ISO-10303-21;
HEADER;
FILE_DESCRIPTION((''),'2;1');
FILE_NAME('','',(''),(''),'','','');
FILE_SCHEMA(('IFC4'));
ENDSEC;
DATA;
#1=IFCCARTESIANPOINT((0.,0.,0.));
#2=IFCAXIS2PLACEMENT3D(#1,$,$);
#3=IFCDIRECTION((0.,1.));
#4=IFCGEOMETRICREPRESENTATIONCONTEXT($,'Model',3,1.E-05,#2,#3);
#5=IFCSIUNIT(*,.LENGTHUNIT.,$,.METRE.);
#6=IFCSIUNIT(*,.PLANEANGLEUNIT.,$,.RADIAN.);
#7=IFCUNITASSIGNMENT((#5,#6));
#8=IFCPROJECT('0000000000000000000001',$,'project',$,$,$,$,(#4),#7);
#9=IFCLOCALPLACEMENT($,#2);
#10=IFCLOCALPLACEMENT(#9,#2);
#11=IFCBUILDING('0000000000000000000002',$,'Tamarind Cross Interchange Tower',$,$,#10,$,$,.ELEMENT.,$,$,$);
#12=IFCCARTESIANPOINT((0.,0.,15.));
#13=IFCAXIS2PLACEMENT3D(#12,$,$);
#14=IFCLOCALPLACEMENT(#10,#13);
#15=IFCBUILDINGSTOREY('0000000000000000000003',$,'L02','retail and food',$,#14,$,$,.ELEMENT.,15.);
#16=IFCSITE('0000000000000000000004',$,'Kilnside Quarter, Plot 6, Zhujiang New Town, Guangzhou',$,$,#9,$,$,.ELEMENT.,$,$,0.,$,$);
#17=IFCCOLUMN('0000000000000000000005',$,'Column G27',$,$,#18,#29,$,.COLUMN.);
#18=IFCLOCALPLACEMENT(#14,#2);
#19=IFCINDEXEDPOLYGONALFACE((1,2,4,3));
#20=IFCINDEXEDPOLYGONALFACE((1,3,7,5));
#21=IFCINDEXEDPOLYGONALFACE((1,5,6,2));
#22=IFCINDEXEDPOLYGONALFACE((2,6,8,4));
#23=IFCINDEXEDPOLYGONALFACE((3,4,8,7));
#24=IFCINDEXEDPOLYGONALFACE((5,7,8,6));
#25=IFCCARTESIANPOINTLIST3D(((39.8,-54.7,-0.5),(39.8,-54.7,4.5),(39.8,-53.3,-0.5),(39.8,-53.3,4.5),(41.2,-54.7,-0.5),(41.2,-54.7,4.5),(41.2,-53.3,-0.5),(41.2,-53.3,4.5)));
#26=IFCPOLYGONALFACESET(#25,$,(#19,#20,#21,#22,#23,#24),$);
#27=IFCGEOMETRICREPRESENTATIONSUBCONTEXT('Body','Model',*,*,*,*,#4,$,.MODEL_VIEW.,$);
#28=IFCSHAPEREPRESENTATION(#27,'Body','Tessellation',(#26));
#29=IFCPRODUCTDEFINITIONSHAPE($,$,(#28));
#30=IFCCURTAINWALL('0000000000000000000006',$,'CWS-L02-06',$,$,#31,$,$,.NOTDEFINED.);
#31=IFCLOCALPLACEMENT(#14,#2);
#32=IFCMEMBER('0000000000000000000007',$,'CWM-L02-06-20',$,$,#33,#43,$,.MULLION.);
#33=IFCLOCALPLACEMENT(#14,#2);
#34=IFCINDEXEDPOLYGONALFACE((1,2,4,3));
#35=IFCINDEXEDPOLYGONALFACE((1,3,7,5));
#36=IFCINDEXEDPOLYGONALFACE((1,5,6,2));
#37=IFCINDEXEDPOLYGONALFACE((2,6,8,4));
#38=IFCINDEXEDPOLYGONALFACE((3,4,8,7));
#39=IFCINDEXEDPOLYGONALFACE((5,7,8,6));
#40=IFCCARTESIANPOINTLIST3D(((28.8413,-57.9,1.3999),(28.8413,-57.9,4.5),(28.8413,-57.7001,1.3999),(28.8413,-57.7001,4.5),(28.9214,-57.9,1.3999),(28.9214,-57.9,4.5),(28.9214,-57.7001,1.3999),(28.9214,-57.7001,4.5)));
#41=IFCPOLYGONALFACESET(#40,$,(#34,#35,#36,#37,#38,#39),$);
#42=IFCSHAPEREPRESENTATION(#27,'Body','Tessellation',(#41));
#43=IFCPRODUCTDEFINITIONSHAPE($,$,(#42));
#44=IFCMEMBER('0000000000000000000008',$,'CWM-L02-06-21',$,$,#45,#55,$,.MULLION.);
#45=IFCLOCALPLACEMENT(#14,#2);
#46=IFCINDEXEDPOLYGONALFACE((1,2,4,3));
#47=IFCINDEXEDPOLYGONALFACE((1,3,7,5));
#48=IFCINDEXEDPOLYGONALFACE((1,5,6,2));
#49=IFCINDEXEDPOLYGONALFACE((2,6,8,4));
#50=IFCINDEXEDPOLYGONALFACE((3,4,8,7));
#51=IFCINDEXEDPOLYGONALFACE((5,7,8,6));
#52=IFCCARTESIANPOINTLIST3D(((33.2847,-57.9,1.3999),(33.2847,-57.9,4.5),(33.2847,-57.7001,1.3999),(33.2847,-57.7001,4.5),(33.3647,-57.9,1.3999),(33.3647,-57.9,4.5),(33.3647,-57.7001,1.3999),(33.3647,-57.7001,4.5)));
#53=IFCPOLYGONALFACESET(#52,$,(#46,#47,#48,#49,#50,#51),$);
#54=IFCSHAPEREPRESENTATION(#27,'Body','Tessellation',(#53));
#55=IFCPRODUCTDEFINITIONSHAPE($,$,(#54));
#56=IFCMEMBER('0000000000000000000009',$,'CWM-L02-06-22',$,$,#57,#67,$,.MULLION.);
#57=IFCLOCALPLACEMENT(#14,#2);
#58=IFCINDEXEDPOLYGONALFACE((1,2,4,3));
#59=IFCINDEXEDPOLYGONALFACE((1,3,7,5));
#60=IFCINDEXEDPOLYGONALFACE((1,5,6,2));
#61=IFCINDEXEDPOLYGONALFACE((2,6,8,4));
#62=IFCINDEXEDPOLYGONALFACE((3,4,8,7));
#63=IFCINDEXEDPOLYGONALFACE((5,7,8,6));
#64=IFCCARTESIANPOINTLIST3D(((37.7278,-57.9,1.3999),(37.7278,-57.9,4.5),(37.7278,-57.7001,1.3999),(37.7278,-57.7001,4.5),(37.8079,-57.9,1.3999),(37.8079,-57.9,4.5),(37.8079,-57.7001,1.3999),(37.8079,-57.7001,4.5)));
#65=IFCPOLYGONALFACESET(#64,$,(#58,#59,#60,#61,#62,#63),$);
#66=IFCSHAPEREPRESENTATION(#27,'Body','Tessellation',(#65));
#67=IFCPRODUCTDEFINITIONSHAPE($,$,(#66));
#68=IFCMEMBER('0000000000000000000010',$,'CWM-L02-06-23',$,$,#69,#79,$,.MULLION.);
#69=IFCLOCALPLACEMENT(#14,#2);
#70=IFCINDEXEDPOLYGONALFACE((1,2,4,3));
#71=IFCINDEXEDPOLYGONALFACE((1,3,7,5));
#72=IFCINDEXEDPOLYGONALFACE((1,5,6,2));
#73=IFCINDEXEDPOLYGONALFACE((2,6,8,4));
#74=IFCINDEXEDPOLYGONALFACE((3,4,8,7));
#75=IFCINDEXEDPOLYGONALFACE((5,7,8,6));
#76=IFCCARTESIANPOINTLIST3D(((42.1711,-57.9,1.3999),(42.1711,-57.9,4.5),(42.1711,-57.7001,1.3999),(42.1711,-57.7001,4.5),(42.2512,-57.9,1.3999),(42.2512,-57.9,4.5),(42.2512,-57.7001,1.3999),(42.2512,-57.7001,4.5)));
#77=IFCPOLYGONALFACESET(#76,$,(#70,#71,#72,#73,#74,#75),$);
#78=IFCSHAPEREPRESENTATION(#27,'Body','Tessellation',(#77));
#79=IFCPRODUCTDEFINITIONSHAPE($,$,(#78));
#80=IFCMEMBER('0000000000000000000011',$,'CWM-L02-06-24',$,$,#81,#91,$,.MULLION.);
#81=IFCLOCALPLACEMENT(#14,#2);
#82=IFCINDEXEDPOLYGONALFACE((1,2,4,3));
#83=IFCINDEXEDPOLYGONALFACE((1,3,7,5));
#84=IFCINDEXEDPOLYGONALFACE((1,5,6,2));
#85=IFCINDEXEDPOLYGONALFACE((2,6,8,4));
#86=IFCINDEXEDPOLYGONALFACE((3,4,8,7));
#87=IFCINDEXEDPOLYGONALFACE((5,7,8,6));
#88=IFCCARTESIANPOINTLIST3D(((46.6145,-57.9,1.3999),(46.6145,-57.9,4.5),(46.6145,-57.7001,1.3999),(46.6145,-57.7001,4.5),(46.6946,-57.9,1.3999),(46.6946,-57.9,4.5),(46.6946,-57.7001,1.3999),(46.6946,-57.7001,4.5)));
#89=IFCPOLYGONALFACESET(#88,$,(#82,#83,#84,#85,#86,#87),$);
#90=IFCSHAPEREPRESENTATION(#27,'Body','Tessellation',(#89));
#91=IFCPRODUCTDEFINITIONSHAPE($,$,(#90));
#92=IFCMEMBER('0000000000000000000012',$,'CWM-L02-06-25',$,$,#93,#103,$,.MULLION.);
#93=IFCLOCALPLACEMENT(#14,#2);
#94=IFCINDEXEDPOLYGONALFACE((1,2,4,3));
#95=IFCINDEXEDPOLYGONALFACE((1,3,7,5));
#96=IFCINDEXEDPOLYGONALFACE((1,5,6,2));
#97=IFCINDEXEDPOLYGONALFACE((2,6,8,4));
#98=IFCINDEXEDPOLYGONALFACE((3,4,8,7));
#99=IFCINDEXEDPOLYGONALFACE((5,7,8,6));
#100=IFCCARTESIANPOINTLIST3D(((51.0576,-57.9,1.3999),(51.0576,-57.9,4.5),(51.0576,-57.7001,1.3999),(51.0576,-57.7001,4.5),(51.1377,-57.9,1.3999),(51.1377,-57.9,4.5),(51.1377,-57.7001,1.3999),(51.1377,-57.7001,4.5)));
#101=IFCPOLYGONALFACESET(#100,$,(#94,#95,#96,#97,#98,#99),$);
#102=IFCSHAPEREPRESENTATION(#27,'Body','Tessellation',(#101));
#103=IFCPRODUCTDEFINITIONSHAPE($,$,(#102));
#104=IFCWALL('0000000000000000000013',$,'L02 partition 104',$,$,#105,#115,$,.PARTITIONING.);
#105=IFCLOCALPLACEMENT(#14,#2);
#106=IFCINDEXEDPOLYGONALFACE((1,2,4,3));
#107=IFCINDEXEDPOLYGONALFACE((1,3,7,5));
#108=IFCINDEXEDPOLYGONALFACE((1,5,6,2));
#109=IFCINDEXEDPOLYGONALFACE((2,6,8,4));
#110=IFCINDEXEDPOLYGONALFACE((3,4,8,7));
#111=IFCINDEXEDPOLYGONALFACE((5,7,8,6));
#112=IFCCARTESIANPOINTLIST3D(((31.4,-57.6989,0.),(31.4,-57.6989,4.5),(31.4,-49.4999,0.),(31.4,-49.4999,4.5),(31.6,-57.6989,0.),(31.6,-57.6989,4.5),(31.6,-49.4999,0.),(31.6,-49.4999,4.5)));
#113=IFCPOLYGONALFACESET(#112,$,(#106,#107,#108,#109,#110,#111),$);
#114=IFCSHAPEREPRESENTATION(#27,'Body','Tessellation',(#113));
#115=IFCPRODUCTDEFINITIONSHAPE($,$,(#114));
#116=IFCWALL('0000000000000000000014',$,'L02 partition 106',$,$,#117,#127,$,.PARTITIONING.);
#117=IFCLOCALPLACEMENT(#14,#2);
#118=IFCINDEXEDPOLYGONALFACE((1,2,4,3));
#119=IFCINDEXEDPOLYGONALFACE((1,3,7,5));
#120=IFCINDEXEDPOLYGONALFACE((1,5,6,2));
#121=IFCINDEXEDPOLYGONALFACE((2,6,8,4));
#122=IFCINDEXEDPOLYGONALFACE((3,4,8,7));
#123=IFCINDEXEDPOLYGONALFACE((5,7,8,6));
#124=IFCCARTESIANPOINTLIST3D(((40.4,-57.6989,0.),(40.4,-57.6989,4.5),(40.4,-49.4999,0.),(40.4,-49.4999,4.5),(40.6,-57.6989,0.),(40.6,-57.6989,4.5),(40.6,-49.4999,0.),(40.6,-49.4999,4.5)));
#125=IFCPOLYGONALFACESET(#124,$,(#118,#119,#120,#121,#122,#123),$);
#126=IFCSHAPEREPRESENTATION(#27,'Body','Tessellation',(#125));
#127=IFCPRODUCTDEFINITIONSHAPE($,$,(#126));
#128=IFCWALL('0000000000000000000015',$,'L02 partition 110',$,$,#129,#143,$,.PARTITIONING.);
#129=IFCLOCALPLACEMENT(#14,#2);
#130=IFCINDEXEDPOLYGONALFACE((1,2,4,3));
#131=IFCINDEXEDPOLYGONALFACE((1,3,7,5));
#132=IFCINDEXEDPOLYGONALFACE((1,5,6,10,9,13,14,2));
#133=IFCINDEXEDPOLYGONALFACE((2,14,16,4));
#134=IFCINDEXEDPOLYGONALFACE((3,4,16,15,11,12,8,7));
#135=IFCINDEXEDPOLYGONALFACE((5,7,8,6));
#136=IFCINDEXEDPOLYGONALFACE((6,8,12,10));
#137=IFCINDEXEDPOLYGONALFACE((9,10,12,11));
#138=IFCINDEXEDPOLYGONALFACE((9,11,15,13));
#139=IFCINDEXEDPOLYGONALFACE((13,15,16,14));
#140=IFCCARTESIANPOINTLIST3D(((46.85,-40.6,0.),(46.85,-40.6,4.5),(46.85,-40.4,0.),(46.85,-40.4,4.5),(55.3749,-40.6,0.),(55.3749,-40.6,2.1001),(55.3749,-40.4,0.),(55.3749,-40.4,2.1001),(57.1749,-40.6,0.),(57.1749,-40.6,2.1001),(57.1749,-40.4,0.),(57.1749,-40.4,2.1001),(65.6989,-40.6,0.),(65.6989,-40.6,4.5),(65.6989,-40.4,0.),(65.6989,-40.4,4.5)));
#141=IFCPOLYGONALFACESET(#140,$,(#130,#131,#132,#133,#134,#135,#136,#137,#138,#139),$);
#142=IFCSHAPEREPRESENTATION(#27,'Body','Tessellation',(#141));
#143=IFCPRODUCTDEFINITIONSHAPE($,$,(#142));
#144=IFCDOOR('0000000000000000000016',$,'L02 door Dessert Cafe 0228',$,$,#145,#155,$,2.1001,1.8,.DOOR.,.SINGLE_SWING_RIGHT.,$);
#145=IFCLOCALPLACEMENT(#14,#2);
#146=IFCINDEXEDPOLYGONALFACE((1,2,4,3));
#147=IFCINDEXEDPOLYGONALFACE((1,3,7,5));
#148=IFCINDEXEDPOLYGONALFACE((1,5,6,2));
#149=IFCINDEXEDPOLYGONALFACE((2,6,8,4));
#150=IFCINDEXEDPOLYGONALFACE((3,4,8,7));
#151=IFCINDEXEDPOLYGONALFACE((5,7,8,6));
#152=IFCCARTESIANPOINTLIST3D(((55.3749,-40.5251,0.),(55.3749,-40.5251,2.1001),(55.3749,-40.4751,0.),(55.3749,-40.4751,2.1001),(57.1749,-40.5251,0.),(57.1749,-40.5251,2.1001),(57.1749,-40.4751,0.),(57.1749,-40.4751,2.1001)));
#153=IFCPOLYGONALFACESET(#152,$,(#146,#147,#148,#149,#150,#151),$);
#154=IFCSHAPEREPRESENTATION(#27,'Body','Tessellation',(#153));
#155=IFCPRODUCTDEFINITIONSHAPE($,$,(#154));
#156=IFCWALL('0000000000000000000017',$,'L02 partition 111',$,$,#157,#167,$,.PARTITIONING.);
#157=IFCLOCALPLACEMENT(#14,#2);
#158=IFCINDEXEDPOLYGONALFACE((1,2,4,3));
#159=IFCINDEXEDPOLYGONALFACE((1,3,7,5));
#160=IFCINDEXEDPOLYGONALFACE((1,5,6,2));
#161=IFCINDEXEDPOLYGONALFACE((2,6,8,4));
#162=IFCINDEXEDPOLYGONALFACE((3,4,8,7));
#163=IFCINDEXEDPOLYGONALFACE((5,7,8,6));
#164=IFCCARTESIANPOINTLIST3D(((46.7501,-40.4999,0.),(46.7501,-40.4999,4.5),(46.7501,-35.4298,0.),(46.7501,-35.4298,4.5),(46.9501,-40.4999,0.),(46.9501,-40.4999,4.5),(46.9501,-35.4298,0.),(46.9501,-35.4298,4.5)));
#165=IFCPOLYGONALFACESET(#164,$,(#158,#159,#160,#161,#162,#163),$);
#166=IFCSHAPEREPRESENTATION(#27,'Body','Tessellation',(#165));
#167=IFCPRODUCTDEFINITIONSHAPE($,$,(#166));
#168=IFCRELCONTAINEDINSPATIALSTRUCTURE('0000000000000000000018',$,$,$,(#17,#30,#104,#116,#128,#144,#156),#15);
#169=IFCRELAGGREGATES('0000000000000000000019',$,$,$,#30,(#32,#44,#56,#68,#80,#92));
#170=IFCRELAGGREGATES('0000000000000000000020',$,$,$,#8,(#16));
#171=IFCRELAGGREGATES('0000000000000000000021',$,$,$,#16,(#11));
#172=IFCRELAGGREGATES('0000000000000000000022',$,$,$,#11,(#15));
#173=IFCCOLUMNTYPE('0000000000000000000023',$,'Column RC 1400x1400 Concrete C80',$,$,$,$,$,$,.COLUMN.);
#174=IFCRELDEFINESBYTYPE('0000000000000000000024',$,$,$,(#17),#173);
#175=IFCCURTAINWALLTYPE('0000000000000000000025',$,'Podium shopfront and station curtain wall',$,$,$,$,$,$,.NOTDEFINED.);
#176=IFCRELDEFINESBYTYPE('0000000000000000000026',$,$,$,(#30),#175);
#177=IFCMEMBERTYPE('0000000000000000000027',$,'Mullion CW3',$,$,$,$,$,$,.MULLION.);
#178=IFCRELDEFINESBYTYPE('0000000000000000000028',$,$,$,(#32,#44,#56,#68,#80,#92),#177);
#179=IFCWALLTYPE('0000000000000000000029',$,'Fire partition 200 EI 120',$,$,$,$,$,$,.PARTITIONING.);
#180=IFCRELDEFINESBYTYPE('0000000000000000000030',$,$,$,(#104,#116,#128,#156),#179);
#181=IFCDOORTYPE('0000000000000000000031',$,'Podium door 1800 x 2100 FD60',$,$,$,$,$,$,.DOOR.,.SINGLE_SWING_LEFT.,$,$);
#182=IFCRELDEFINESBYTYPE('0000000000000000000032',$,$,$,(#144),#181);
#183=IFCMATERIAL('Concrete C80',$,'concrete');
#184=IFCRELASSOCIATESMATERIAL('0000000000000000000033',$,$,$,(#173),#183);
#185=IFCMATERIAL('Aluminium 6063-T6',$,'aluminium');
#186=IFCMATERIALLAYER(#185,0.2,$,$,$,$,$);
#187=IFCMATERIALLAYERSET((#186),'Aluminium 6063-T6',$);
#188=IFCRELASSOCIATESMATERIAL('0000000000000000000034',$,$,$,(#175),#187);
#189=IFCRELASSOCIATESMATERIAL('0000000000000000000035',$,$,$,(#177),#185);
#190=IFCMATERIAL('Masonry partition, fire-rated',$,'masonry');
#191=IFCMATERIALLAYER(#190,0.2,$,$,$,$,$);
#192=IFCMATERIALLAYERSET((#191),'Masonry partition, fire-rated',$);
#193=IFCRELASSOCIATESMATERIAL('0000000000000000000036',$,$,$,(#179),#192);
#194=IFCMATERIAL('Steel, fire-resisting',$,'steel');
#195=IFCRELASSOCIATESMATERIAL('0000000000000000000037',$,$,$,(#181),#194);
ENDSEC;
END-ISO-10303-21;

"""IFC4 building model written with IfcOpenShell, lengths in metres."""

from ifc_helpers import new_model, si_unit, direction, frame, frame_2d, origin, origin_2d, place, context, subcontext, project, spatial, rectangle, extrude, material, layer, layer_set, material_profile, profile_set, type_object, element, fill, aggregate, save


model = new_model("IFC4")

# Units and contexts
model_context = context("Model", 3, precision=1e-05, world=origin(), true_north=direction((0.0, 1.0)))
body_context = subcontext(model_context, "Body", "Model", "MODEL_VIEW")
ifc_project = project(units=[si_unit("LENGTHUNIT", "METRE"), si_unit("PLANEANGLEUNIT", "RADIAN")], contexts=[model_context])

# Site, building, storey
site_placement = place(None, origin())
site = spatial("IfcSite", under=ifc_project, at=site_placement, Name="Kilnside Quarter, Plot 6, Zhujiang New Town, Guangzhou", CompositionType="ELEMENT", RefElevation=0.0)
building_placement = place(site_placement, origin())
building = spatial("IfcBuilding", under=site, at=building_placement, Name="Tamarind Cross Interchange Tower", CompositionType="ELEMENT")
storey_placement = place(building_placement, frame((0.0, 0.0, 15.0)))
storey = spatial("IfcBuildingStorey", under=building, at=storey_placement, Name="L02", Description="retail and food", CompositionType="ELEMENT", Elevation=15.0)

# Column
ifc_material_1 = material(Name="Concrete C80", Category="concrete")
ifc_material_profile_1 = material_profile(ifc_material_1, rectangle(XDim=1.3999, YDim=1.3999, at=origin_2d()), Name="RC 1400x1400")
ifc_profile_set_1 = profile_set([ifc_material_profile_1], Name="Concrete C80")
column_type = type_object("IfcColumnType", Name="Column RC 1400x1400 Concrete C80", PredefinedType="COLUMN", material=ifc_profile_set_1)
column_placement = place(storey_placement, frame((40.5, -54.0, -0.5), z_axis=(0.0, 0.0, 1.0), x_axis=(1.0, 0.0, 0.0)))
element("IfcColumn", 1, at=column_placement, inside=storey, type_object=column_type, Name="Column G27", PredefinedType="COLUMN", context=body_context, shape_type="SweptSolid", body=[
    extrude(rectangle(XDim=1.3999, YDim=1.3999, at=origin_2d()), origin(), (0.0, 0.0, 1.0), 5.0),
])

# Curtain wall, members
ifc_material_2 = material(Name="Aluminium 6063-T6", Category="aluminium")
ifc_layer_1 = layer(ifc_material_2, 0.2)
ifc_layer_set_1 = layer_set([ifc_layer_1], Name="Aluminium 6063-T6")
curtain_wall_type = type_object("IfcCurtainWallType", Name="Podium shopfront and station curtain wall", PredefinedType="NOTDEFINED", material=ifc_layer_set_1)
curtain_wall_placement = place(storey_placement, origin())
curtain_wall = element("IfcCurtainWall", 2, at=curtain_wall_placement, inside=storey, type_object=curtain_wall_type, Name="CWS-L02-06", PredefinedType="NOTDEFINED")
ifc_material_profile_2 = material_profile(ifc_material_2, rectangle(XDim=0.0801, YDim=0.2, at=origin_2d()), Name="Mullion CW3")
ifc_profile_set_2 = profile_set([ifc_material_profile_2], Name="Aluminium 6063-T6")
member_type = type_object("IfcMemberType", Name="Mullion CW3", PredefinedType="MULLION", material=ifc_profile_set_2)
member_1_placement = place(storey_placement, frame((28.8813, -57.8, 1.3999), z_axis=(0.0, 0.0, 1.0), x_axis=(1.0, 0.0, 0.0)))
member_1 = element("IfcMember", 3, at=member_1_placement, type_object=member_type, Name="CWM-L02-06-20", PredefinedType="MULLION", context=body_context, shape_type="SweptSolid", body=[
    extrude(rectangle(XDim=0.0801, YDim=0.2, at=origin_2d()), origin(), (0.0, 0.0, 1.0), 3.1001),
])
member_2_placement = place(storey_placement, frame((33.3247, -57.8, 1.3999), z_axis=(0.0, 0.0, 1.0), x_axis=(1.0, 0.0, 0.0)))
member_2 = element("IfcMember", 4, at=member_2_placement, type_object=member_type, Name="CWM-L02-06-21", PredefinedType="MULLION", context=body_context, shape_type="SweptSolid", body=[
    extrude(rectangle(XDim=0.0801, YDim=0.2, at=origin_2d()), origin(), (0.0, 0.0, 1.0), 3.1001),
])
member_3_placement = place(storey_placement, frame((37.7678, -57.8, 1.3999), z_axis=(0.0, 0.0, 1.0), x_axis=(1.0, 0.0, 0.0)))
member_3 = element("IfcMember", 5, at=member_3_placement, type_object=member_type, Name="CWM-L02-06-22", PredefinedType="MULLION", context=body_context, shape_type="SweptSolid", body=[
    extrude(rectangle(XDim=0.0801, YDim=0.2, at=origin_2d()), origin(), (0.0, 0.0, 1.0), 3.1001),
])
member_4_placement = place(storey_placement, frame((42.2112, -57.8, 1.3999), z_axis=(0.0, 0.0, 1.0), x_axis=(1.0, 0.0, 0.0)))
member_4 = element("IfcMember", 6, at=member_4_placement, type_object=member_type, Name="CWM-L02-06-23", PredefinedType="MULLION", context=body_context, shape_type="SweptSolid", body=[
    extrude(rectangle(XDim=0.0801, YDim=0.2, at=origin_2d()), origin(), (0.0, 0.0, 1.0), 3.1001),
])
member_5_placement = place(storey_placement, frame((46.6545, -57.8, 1.3999), z_axis=(0.0, 0.0, 1.0), x_axis=(1.0, 0.0, 0.0)))
member_5 = element("IfcMember", 7, at=member_5_placement, type_object=member_type, Name="CWM-L02-06-24", PredefinedType="MULLION", context=body_context, shape_type="SweptSolid", body=[
    extrude(rectangle(XDim=0.0801, YDim=0.2, at=origin_2d()), origin(), (0.0, 0.0, 1.0), 3.1001),
])
member_6_placement = place(storey_placement, frame((51.0977, -57.8, 1.3999), z_axis=(0.0, 0.0, 1.0), x_axis=(1.0, 0.0, 0.0)))
member_6 = element("IfcMember", 8, at=member_6_placement, type_object=member_type, Name="CWM-L02-06-25", PredefinedType="MULLION", context=body_context, shape_type="SweptSolid", body=[
    extrude(rectangle(XDim=0.0801, YDim=0.2, at=origin_2d()), origin(), (0.0, 0.0, 1.0), 3.1001),
])
aggregate(curtain_wall, [member_1, member_2, member_3, member_4, member_5, member_6])

# Walls
ifc_material_3 = material(Name="Masonry partition, fire-rated", Category="masonry")
ifc_layer_2 = layer(ifc_material_3, 0.2)
ifc_layer_set_2 = layer_set([ifc_layer_2], Name="Masonry partition, fire-rated")
wall_type_1 = type_object("IfcWallType", Name="Fire partition 200 EI 120", PredefinedType="PARTITIONING", material=ifc_layer_set_2)
for number, where, z_axis, x_axis, name in (
    (9, (31.5, -57.699, 0.0), (0.0, 0.0, 1.0), (0.0, 1.0, 0.0), "L02 partition 104"),
    (10, (40.5, -57.699, 0.0), (0.0, 0.0, 1.0), (0.0, 1.0, 0.0), "L02 partition 106"),
):
    element("IfcWall", number, at=place(storey_placement, frame(where, z_axis=z_axis, x_axis=x_axis)), inside=storey, type_object=wall_type_1, Name=name, PredefinedType="PARTITIONING", context=body_context, shape_type="SweptSolid", body=[
        extrude(rectangle(XDim=8.199, YDim=0.2, at=frame_2d((4.0996, 0.0))), origin(), (0.0, 0.0, 1.0), 4.5),
    ])

# Wall, opening, door
wall_1_placement = place(storey_placement, frame((46.8501, -40.5, 0.0), z_axis=(0.0, 0.0, 1.0), x_axis=(1.0, 0.0, 0.0)))
wall_1 = element("IfcWall", 11, at=wall_1_placement, inside=storey, type_object=wall_type_1, Name="L02 partition 110", PredefinedType="PARTITIONING", context=body_context, shape_type="SweptSolid", body=[
    extrude(rectangle(XDim=18.8489, YDim=0.2, at=frame_2d((9.4243, 0.0))), origin(), (0.0, 0.0, 1.0), 4.5),
])
opening_1_placement = place(wall_1_placement, frame((8.5249, 0.0, 0.0)))
opening_1 = element("IfcOpeningElement", 12, at=opening_1_placement, cuts=wall_1, PredefinedType="OPENING", context=body_context, shape_type="SweptSolid", body=[
    extrude(rectangle(XDim=1.8, YDim=2.1001, at=frame_2d((0.8999, 1.05))), frame((0.0, 0.1099, 0.0), z_axis=(0.0, -1.0, 0.0), x_axis=(1.0, 0.0, 0.0)), (0.0, 0.0, 1.0), 0.22),
])
ifc_material_4 = material(Name="Steel, fire-resisting", Category="steel")
door_type_1 = type_object("IfcDoorType", Name="Podium door 1800 x 2100 FD60", OperationType="SINGLE_SWING_LEFT", PredefinedType="DOOR", material=ifc_material_4)
door_1_placement = place(opening_1_placement, origin())
door_1 = element("IfcDoor", 13, at=door_1_placement, inside=storey, type_object=door_type_1, Name="L02 door Dessert Cafe 0228", OperationType="SINGLE_SWING_RIGHT", OverallHeight=2.1001, OverallWidth=1.8, PredefinedType="DOOR", context=body_context, shape_type="SweptSolid", body=[
    extrude(rectangle(XDim=1.8, YDim=2.1001, at=frame_2d((0.8999, 1.05))), frame((0.0, 0.0249, 0.0), z_axis=(0.0, -1.0, 0.0), x_axis=(1.0, 0.0, 0.0)), (0.0, 0.0, 1.0), 0.05),
])
fill(opening_1, door_1)

# Wall
wall_2_placement = place(storey_placement, frame((46.8501, -40.5, 0.0), z_axis=(0.0, 0.0, 1.0), x_axis=(0.0, 1.0, 0.0)))
element("IfcWall", 14, at=wall_2_placement, inside=storey, type_object=wall_type_1, Name="L02 partition 111", PredefinedType="PARTITIONING", context=body_context, shape_type="SweptSolid", body=[
    extrude(rectangle(XDim=5.0701, YDim=0.2, at=frame_2d((2.5352, 0.0))), origin(), (0.0, 0.0, 1.0), 4.5),
])

save(model, "model.ifc")
